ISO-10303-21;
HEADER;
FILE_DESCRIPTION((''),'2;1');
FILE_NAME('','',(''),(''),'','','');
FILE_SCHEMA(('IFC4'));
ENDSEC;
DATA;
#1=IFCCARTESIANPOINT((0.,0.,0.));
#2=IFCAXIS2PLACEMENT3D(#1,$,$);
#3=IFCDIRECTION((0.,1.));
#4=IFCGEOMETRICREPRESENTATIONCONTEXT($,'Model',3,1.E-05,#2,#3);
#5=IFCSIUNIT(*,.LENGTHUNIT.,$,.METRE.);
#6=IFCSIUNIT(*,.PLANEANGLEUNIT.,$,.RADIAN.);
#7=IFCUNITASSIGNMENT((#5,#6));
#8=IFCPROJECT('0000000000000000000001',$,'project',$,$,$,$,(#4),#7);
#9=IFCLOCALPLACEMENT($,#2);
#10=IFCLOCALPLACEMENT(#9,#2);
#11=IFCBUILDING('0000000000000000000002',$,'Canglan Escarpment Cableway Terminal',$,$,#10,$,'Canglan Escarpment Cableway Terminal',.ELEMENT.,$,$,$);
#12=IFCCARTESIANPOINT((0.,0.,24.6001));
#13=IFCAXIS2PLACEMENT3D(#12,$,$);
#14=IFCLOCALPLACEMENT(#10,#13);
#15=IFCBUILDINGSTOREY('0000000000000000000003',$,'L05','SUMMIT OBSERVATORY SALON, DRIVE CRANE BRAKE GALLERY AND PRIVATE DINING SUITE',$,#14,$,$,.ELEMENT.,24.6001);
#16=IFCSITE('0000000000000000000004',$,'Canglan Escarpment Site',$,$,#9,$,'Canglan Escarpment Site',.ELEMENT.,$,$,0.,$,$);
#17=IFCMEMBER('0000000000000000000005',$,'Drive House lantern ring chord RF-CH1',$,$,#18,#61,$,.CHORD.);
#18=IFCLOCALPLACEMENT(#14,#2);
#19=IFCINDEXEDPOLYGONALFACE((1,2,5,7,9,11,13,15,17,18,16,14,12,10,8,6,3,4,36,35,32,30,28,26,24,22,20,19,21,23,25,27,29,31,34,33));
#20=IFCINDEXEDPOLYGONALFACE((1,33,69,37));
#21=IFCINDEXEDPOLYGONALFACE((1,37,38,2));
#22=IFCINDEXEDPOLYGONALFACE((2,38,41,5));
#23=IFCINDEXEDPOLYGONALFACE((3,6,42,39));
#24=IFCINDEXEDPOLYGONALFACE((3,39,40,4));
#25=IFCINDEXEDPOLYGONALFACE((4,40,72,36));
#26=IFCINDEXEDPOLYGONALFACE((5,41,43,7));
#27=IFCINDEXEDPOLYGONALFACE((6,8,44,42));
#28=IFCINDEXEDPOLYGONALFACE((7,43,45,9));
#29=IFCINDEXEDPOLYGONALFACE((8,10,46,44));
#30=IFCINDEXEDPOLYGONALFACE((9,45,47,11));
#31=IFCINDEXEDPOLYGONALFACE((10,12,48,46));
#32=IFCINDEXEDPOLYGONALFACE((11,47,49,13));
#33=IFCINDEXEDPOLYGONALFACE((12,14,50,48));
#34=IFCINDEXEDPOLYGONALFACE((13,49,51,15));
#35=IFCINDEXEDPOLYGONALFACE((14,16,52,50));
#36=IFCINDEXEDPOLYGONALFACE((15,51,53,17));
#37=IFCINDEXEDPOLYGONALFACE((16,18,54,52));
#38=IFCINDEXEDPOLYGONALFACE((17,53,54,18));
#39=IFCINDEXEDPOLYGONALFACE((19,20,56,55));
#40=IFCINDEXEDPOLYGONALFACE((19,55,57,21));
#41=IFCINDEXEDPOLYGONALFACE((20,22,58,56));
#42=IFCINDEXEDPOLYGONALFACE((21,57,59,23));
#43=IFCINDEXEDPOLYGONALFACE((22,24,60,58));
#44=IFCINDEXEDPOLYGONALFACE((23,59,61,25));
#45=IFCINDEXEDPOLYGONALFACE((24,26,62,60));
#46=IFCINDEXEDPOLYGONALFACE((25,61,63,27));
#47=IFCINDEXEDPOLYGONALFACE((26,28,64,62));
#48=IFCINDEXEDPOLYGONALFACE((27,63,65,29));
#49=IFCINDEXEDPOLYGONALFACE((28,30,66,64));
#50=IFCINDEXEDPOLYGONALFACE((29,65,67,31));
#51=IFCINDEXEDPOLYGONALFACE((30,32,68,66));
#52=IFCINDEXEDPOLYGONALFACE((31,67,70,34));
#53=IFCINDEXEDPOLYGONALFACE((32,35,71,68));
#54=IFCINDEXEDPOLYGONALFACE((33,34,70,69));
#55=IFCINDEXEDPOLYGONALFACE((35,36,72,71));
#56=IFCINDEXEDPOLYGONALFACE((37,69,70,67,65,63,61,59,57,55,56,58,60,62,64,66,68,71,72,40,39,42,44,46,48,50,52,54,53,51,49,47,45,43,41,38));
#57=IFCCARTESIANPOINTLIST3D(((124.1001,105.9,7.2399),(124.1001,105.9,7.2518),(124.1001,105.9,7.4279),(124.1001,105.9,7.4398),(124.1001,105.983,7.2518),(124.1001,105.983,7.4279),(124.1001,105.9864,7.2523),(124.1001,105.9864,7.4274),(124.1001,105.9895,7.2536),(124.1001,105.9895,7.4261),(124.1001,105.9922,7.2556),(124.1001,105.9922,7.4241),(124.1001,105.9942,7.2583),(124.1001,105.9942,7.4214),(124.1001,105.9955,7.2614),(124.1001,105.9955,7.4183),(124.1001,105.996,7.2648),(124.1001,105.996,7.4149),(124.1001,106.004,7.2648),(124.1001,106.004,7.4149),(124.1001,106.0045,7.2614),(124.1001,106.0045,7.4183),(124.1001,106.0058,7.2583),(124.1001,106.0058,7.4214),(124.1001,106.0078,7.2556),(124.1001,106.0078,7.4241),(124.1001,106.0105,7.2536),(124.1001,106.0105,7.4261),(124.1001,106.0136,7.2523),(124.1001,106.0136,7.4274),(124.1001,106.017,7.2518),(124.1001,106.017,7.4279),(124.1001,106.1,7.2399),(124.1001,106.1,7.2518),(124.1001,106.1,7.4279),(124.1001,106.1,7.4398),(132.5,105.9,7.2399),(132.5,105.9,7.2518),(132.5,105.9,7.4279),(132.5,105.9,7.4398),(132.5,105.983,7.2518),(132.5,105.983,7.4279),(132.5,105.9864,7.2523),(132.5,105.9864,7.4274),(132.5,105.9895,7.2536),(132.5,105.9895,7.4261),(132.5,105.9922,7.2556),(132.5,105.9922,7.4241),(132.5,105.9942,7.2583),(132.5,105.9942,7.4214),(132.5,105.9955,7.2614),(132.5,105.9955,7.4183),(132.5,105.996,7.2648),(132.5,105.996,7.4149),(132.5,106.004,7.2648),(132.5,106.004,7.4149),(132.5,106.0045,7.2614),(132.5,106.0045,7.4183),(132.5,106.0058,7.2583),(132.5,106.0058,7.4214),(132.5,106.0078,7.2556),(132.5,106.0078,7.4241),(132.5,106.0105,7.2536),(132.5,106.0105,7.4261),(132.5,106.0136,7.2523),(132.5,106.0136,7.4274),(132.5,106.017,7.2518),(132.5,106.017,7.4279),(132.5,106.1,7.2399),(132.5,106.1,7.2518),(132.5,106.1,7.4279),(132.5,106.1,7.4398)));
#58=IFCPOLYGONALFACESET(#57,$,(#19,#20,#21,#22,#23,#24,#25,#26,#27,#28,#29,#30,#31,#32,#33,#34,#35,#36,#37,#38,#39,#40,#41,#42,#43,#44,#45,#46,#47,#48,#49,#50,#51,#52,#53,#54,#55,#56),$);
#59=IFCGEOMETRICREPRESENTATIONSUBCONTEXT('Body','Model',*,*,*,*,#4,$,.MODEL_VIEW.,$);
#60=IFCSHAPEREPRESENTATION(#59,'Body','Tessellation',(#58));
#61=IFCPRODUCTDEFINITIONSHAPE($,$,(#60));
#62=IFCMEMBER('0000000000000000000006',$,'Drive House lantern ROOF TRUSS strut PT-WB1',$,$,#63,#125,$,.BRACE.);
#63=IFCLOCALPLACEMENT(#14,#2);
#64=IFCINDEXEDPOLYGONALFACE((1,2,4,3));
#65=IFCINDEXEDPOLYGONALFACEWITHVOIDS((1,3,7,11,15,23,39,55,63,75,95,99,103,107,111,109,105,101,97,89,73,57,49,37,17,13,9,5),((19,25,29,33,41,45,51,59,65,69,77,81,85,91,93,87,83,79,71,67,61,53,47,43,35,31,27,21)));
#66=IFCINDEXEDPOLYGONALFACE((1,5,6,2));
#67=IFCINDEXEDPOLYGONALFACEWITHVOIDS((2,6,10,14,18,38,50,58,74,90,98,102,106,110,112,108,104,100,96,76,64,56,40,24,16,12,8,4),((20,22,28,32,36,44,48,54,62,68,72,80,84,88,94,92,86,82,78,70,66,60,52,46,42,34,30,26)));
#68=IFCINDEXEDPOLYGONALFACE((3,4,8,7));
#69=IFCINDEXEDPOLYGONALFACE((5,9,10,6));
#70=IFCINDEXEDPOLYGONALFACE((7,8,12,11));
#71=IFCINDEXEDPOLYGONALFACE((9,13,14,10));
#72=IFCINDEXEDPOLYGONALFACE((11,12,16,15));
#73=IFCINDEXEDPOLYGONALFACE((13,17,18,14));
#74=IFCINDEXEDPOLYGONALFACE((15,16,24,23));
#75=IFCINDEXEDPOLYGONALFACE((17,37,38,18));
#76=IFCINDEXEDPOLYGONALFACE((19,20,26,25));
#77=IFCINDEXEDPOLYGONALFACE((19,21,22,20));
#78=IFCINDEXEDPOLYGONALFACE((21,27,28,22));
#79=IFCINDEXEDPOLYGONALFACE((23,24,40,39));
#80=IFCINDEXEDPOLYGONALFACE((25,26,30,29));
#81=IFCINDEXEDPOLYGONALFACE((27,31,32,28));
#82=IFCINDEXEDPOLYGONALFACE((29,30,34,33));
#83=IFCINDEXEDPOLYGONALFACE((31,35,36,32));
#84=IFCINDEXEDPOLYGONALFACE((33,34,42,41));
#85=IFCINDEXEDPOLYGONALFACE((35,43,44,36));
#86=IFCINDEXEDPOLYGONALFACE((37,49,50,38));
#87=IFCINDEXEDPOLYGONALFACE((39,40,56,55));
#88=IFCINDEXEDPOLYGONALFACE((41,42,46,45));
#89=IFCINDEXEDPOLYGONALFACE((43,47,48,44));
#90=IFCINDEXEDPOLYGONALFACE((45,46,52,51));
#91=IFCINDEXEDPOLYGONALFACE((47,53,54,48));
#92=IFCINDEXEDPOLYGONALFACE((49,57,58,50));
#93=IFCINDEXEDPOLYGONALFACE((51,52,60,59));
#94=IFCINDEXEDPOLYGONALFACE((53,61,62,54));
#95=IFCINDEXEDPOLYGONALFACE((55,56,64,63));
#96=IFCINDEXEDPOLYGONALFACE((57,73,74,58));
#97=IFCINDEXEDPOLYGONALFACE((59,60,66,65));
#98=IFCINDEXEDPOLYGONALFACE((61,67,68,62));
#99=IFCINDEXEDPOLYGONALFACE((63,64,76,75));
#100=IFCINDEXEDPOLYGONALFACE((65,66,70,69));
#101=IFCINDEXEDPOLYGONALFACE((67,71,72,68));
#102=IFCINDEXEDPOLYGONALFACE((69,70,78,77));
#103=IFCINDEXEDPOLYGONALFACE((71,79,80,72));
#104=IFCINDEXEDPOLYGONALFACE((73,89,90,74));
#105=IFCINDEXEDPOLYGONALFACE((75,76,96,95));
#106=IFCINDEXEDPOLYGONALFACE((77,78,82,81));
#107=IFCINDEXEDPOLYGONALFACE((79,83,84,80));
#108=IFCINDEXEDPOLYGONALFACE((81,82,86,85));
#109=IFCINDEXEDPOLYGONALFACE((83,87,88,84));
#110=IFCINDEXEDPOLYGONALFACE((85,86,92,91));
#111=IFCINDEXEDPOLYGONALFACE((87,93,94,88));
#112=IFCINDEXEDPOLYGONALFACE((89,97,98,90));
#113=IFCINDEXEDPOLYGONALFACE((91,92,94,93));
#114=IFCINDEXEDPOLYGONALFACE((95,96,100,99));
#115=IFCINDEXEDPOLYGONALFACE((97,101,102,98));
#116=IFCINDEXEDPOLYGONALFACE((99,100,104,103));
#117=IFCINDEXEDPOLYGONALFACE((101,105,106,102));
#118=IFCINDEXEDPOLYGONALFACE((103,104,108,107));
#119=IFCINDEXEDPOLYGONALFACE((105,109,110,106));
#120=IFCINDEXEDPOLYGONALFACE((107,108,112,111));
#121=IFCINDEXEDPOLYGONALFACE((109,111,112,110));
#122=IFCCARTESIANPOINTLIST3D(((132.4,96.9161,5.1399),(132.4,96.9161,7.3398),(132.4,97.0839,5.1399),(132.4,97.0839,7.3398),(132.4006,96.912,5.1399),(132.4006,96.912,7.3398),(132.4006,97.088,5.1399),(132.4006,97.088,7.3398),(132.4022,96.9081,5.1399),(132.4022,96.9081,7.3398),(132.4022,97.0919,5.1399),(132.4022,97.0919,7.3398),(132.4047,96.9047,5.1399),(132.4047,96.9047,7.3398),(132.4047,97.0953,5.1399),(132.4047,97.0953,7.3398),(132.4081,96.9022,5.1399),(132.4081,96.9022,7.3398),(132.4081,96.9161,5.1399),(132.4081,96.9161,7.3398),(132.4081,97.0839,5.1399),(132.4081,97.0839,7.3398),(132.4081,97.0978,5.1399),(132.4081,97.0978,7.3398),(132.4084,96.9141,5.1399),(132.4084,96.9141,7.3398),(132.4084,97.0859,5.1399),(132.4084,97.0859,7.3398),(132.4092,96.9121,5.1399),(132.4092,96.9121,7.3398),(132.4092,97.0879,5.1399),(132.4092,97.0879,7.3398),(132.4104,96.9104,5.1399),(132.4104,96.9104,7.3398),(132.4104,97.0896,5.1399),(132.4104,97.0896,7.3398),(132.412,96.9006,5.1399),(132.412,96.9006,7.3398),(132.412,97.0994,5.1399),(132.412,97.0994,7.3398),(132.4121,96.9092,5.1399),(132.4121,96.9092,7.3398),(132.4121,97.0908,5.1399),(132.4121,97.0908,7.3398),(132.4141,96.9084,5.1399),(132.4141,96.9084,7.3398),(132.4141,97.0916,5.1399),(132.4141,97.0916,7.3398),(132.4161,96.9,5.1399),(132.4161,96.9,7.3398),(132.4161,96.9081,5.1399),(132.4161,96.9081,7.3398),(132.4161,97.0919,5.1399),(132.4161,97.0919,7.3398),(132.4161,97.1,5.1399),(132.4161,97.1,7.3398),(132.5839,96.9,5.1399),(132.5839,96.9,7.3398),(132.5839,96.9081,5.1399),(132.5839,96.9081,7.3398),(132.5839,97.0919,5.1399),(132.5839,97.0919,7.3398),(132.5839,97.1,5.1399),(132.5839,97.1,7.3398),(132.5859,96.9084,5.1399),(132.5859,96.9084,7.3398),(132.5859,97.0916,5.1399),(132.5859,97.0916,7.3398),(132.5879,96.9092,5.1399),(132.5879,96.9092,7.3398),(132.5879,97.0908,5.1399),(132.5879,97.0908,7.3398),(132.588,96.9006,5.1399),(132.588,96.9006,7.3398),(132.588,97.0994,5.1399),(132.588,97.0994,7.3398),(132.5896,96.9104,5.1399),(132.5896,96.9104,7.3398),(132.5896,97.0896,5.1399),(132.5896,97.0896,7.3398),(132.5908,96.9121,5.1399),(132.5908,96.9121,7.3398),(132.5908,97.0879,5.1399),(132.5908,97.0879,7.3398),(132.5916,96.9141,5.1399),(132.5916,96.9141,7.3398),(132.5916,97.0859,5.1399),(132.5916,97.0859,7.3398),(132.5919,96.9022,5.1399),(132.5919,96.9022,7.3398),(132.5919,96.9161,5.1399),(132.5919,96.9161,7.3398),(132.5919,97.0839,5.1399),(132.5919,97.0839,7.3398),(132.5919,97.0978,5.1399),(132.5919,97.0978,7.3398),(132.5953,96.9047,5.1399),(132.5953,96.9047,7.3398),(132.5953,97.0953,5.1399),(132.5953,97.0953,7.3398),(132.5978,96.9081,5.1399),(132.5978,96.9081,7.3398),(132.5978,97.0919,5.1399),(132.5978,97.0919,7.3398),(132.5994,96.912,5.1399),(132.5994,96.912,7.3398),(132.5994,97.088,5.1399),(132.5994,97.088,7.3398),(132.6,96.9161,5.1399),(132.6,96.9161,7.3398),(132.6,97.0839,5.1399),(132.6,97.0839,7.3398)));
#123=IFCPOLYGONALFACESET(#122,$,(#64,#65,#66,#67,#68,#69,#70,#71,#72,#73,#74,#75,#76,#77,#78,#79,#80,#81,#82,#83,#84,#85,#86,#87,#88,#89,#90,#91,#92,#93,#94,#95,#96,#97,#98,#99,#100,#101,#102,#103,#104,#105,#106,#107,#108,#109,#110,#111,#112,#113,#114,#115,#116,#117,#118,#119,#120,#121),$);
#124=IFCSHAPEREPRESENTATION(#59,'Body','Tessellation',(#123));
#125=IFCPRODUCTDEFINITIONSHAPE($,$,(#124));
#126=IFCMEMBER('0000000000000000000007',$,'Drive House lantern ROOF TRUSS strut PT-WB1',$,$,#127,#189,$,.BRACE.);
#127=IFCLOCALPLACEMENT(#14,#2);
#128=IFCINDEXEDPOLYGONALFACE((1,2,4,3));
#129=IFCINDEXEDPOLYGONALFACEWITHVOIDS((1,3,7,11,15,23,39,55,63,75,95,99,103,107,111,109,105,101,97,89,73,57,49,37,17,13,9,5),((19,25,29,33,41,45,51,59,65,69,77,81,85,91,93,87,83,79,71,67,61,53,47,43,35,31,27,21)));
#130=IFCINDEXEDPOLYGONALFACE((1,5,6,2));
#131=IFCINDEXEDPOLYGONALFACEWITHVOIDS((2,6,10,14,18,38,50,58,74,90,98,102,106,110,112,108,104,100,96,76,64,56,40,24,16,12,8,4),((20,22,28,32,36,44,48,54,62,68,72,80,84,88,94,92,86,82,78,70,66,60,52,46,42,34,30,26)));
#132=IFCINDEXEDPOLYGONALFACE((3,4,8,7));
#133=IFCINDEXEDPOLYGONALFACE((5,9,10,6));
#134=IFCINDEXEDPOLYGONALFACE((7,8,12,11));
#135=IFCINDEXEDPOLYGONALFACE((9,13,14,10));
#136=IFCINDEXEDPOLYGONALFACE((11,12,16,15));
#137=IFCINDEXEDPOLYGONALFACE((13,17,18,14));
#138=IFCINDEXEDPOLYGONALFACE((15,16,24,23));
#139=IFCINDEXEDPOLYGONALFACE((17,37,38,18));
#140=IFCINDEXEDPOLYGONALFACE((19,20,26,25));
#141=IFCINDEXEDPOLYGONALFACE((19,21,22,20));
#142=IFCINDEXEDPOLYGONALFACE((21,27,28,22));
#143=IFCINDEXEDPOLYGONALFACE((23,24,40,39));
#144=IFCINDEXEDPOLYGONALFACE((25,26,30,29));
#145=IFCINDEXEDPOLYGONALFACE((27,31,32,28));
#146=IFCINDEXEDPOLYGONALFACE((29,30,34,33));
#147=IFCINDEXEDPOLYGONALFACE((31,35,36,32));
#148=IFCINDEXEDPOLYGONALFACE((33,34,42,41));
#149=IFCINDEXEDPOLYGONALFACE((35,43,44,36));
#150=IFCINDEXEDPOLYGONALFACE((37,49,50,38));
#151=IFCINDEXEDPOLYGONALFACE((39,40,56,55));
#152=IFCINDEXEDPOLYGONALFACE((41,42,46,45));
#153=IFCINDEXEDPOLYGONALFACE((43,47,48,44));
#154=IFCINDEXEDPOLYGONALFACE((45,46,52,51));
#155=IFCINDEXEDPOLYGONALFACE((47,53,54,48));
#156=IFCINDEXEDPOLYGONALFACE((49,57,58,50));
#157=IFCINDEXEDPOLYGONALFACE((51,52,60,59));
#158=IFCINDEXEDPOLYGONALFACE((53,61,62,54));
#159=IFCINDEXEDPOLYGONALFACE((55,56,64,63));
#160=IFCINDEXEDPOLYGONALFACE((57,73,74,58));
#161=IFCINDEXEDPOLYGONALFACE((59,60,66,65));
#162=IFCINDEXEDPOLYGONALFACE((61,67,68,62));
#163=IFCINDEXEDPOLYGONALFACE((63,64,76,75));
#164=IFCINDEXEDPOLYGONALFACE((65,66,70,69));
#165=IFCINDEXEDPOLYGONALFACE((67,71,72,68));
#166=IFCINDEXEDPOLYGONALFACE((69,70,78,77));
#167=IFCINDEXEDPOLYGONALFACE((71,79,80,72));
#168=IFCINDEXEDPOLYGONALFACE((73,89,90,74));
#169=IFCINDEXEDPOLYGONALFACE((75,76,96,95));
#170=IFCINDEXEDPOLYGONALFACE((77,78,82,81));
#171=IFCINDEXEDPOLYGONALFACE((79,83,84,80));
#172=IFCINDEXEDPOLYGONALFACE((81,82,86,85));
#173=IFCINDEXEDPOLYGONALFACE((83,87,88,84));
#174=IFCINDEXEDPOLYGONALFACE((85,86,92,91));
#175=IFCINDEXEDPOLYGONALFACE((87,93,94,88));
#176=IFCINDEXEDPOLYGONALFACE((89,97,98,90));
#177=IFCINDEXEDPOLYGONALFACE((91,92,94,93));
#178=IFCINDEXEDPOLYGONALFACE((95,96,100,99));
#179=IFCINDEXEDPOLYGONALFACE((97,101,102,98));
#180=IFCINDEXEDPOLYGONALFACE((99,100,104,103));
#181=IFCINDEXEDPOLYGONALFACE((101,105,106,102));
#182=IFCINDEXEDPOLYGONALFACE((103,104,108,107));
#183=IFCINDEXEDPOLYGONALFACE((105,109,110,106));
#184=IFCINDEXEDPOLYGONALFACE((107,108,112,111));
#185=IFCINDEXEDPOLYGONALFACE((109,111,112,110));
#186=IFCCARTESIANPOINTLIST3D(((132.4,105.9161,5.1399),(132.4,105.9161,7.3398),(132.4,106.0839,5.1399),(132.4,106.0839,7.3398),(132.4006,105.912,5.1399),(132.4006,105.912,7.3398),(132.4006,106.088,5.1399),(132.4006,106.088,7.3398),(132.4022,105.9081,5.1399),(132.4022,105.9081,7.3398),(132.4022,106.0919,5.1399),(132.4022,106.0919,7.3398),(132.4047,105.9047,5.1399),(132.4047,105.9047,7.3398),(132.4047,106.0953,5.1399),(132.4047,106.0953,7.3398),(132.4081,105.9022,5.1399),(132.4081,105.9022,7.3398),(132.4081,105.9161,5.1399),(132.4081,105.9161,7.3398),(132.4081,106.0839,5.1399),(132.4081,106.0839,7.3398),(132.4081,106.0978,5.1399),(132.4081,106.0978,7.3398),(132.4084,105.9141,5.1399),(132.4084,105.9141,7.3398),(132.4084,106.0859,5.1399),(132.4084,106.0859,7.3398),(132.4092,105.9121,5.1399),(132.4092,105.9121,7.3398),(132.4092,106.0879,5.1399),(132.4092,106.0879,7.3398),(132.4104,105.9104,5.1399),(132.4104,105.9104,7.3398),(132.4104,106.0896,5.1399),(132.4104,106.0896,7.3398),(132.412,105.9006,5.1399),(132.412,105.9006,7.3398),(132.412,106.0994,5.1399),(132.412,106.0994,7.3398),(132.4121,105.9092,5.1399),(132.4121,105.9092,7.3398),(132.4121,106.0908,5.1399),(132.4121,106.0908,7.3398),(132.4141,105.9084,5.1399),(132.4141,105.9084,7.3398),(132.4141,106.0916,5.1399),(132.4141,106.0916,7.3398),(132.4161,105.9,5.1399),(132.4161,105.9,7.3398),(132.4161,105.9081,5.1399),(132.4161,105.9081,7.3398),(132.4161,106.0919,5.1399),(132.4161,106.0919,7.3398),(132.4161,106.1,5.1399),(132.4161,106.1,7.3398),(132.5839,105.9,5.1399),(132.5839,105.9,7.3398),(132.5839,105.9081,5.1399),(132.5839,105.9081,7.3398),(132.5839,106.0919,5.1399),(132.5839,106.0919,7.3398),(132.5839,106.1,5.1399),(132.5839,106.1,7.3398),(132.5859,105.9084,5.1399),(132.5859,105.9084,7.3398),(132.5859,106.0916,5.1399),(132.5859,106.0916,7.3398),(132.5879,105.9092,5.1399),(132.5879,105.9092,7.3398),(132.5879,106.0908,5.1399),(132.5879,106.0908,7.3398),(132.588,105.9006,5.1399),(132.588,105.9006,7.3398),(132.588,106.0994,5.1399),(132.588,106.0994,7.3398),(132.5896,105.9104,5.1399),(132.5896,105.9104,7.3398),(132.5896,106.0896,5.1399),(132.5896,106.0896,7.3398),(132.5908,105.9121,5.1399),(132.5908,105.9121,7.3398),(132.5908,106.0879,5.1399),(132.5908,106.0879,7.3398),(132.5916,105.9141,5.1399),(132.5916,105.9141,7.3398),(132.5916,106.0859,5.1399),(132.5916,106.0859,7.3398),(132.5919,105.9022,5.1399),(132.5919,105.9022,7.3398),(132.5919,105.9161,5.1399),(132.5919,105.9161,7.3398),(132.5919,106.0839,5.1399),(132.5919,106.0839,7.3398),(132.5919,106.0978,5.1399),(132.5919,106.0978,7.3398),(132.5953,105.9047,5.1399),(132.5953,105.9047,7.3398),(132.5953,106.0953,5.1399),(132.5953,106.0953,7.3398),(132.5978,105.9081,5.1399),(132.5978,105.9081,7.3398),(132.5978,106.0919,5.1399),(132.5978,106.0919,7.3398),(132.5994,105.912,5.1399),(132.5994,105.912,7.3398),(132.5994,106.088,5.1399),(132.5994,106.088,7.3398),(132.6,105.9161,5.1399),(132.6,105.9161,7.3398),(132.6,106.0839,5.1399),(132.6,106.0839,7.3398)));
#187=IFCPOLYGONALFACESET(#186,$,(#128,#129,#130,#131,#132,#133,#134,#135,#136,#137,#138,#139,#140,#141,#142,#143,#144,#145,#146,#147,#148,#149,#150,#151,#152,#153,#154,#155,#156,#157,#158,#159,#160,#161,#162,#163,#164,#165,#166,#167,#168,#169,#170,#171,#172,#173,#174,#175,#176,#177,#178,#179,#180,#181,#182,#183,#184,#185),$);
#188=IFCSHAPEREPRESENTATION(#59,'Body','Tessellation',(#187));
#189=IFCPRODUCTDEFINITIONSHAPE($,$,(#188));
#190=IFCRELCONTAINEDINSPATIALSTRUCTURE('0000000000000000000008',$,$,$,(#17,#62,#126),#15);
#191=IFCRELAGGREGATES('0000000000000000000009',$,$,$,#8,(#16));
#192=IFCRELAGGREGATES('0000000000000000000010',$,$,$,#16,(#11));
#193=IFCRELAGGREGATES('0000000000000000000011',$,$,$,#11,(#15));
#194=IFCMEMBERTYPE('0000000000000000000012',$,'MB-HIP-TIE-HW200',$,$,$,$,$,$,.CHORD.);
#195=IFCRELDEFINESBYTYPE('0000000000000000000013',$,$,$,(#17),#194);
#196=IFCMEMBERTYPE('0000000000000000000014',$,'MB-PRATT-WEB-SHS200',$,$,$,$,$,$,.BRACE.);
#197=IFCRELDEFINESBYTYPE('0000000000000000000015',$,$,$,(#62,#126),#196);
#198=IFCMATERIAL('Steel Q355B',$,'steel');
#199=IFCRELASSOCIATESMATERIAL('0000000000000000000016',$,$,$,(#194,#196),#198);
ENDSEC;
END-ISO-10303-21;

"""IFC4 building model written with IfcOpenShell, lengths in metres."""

from ifc_helpers import new_model, si_unit, direction, frame, origin, origin_2d, place, context, subcontext, project, spatial, hollow_rectangle, i_section, extrude, material, material_profile, profile_set, type_object, element, save


model = new_model("IFC4")

# Units and contexts
model_context = context("Model", 3, precision=1e-05, world=origin(), true_north=direction((0.0, 1.0)))
body_context = subcontext(model_context, "Body", "Model", "MODEL_VIEW")
ifc_project = project(units=[si_unit("LENGTHUNIT", "METRE"), si_unit("PLANEANGLEUNIT", "RADIAN")], contexts=[model_context])

# Site, building, storey
site_placement = place(None, origin())
site = spatial("IfcSite", under=ifc_project, at=site_placement, Name="Canglan Escarpment Site", LongName="Canglan Escarpment Site", CompositionType="ELEMENT", RefElevation=0.0)
building_placement = place(site_placement, origin())
building = spatial("IfcBuilding", under=site, at=building_placement, Name="Canglan Escarpment Cableway Terminal", LongName="Canglan Escarpment Cableway Terminal", CompositionType="ELEMENT")
storey_placement = place(building_placement, frame((0.0, 0.0, 24.6001)))
storey = spatial("IfcBuildingStorey", under=building, at=storey_placement, Name="L05", Description="SUMMIT OBSERVATORY SALON, DRIVE CRANE BRAKE GALLERY AND PRIVATE DINING SUITE", CompositionType="ELEMENT", Elevation=24.6001)

# Shared definitions
ifc_material_1 = material(Name="Steel Q355B", Category="steel")

# Members
ifc_material_profile_1 = material_profile(ifc_material_1, i_section(OverallWidth=0.2, OverallDepth=0.2, WebThickness=0.0081, FlangeThickness=0.012, FilletRadius=0.0129, at=origin_2d()), Name="HW 200x200x8x12")
ifc_profile_set_1 = profile_set([ifc_material_profile_1], Name="Steel Q355B")
member_type_1 = type_object("IfcMemberType", Name="MB-HIP-TIE-HW200", PredefinedType="CHORD", material=ifc_profile_set_1)
member_1_placement = place(storey_placement, frame((132.5, 106.0, 7.3398), z_axis=(-1.0, 0.0, 0.0), x_axis=(0.0, -1.0, 0.0)))
element("IfcMember", 1, at=member_1_placement, inside=storey, type_object=member_type_1, Name="Drive House lantern ring chord RF-CH1", PredefinedType="CHORD", context=body_context, shape_type="SweptSolid", body=[
    extrude(i_section(OverallWidth=0.2, OverallDepth=0.2, WebThickness=0.0081, FlangeThickness=0.012, FilletRadius=0.0129, at=origin_2d()), origin(), (0.0, 0.0, 1.0), 8.3999),
])
ifc_material_profile_2 = material_profile(ifc_material_1, hollow_rectangle(XDim=0.2, YDim=0.2, WallThickness=0.0081, InnerFilletRadius=0.0081, OuterFilletRadius=0.0161, at=origin_2d()), Name="SHS 200x200x8")
ifc_profile_set_2 = profile_set([ifc_material_profile_2], Name="Steel Q355B")
member_type_2 = type_object("IfcMemberType", Name="MB-PRATT-WEB-SHS200", PredefinedType="BRACE", material=ifc_profile_set_2)
for number, where, z_axis, x_axis, name in (
    (2, (132.5, 97.0, 5.1399), (0.0, 0.0, 1.0), (1.0, 0.0, 0.0), "Drive House lantern ROOF TRUSS strut PT-WB1"),
    (3, (132.5, 106.0, 5.1399), (0.0, 0.0, 1.0), (1.0, 0.0, 0.0), "Drive House lantern ROOF TRUSS strut PT-WB1"),
):
    element("IfcMember", number, at=place(storey_placement, frame(where, z_axis=z_axis, x_axis=x_axis)), inside=storey, type_object=member_type_2, Name=name, PredefinedType="BRACE", context=body_context, shape_type="SweptSolid", body=[
        extrude(hollow_rectangle(XDim=0.2, YDim=0.2, WallThickness=0.0081, InnerFilletRadius=0.0081, OuterFilletRadius=0.0161, at=origin_2d()), origin(), (0.0, 0.0, 1.0), 2.2),
    ])

save(model, "model.ifc")
